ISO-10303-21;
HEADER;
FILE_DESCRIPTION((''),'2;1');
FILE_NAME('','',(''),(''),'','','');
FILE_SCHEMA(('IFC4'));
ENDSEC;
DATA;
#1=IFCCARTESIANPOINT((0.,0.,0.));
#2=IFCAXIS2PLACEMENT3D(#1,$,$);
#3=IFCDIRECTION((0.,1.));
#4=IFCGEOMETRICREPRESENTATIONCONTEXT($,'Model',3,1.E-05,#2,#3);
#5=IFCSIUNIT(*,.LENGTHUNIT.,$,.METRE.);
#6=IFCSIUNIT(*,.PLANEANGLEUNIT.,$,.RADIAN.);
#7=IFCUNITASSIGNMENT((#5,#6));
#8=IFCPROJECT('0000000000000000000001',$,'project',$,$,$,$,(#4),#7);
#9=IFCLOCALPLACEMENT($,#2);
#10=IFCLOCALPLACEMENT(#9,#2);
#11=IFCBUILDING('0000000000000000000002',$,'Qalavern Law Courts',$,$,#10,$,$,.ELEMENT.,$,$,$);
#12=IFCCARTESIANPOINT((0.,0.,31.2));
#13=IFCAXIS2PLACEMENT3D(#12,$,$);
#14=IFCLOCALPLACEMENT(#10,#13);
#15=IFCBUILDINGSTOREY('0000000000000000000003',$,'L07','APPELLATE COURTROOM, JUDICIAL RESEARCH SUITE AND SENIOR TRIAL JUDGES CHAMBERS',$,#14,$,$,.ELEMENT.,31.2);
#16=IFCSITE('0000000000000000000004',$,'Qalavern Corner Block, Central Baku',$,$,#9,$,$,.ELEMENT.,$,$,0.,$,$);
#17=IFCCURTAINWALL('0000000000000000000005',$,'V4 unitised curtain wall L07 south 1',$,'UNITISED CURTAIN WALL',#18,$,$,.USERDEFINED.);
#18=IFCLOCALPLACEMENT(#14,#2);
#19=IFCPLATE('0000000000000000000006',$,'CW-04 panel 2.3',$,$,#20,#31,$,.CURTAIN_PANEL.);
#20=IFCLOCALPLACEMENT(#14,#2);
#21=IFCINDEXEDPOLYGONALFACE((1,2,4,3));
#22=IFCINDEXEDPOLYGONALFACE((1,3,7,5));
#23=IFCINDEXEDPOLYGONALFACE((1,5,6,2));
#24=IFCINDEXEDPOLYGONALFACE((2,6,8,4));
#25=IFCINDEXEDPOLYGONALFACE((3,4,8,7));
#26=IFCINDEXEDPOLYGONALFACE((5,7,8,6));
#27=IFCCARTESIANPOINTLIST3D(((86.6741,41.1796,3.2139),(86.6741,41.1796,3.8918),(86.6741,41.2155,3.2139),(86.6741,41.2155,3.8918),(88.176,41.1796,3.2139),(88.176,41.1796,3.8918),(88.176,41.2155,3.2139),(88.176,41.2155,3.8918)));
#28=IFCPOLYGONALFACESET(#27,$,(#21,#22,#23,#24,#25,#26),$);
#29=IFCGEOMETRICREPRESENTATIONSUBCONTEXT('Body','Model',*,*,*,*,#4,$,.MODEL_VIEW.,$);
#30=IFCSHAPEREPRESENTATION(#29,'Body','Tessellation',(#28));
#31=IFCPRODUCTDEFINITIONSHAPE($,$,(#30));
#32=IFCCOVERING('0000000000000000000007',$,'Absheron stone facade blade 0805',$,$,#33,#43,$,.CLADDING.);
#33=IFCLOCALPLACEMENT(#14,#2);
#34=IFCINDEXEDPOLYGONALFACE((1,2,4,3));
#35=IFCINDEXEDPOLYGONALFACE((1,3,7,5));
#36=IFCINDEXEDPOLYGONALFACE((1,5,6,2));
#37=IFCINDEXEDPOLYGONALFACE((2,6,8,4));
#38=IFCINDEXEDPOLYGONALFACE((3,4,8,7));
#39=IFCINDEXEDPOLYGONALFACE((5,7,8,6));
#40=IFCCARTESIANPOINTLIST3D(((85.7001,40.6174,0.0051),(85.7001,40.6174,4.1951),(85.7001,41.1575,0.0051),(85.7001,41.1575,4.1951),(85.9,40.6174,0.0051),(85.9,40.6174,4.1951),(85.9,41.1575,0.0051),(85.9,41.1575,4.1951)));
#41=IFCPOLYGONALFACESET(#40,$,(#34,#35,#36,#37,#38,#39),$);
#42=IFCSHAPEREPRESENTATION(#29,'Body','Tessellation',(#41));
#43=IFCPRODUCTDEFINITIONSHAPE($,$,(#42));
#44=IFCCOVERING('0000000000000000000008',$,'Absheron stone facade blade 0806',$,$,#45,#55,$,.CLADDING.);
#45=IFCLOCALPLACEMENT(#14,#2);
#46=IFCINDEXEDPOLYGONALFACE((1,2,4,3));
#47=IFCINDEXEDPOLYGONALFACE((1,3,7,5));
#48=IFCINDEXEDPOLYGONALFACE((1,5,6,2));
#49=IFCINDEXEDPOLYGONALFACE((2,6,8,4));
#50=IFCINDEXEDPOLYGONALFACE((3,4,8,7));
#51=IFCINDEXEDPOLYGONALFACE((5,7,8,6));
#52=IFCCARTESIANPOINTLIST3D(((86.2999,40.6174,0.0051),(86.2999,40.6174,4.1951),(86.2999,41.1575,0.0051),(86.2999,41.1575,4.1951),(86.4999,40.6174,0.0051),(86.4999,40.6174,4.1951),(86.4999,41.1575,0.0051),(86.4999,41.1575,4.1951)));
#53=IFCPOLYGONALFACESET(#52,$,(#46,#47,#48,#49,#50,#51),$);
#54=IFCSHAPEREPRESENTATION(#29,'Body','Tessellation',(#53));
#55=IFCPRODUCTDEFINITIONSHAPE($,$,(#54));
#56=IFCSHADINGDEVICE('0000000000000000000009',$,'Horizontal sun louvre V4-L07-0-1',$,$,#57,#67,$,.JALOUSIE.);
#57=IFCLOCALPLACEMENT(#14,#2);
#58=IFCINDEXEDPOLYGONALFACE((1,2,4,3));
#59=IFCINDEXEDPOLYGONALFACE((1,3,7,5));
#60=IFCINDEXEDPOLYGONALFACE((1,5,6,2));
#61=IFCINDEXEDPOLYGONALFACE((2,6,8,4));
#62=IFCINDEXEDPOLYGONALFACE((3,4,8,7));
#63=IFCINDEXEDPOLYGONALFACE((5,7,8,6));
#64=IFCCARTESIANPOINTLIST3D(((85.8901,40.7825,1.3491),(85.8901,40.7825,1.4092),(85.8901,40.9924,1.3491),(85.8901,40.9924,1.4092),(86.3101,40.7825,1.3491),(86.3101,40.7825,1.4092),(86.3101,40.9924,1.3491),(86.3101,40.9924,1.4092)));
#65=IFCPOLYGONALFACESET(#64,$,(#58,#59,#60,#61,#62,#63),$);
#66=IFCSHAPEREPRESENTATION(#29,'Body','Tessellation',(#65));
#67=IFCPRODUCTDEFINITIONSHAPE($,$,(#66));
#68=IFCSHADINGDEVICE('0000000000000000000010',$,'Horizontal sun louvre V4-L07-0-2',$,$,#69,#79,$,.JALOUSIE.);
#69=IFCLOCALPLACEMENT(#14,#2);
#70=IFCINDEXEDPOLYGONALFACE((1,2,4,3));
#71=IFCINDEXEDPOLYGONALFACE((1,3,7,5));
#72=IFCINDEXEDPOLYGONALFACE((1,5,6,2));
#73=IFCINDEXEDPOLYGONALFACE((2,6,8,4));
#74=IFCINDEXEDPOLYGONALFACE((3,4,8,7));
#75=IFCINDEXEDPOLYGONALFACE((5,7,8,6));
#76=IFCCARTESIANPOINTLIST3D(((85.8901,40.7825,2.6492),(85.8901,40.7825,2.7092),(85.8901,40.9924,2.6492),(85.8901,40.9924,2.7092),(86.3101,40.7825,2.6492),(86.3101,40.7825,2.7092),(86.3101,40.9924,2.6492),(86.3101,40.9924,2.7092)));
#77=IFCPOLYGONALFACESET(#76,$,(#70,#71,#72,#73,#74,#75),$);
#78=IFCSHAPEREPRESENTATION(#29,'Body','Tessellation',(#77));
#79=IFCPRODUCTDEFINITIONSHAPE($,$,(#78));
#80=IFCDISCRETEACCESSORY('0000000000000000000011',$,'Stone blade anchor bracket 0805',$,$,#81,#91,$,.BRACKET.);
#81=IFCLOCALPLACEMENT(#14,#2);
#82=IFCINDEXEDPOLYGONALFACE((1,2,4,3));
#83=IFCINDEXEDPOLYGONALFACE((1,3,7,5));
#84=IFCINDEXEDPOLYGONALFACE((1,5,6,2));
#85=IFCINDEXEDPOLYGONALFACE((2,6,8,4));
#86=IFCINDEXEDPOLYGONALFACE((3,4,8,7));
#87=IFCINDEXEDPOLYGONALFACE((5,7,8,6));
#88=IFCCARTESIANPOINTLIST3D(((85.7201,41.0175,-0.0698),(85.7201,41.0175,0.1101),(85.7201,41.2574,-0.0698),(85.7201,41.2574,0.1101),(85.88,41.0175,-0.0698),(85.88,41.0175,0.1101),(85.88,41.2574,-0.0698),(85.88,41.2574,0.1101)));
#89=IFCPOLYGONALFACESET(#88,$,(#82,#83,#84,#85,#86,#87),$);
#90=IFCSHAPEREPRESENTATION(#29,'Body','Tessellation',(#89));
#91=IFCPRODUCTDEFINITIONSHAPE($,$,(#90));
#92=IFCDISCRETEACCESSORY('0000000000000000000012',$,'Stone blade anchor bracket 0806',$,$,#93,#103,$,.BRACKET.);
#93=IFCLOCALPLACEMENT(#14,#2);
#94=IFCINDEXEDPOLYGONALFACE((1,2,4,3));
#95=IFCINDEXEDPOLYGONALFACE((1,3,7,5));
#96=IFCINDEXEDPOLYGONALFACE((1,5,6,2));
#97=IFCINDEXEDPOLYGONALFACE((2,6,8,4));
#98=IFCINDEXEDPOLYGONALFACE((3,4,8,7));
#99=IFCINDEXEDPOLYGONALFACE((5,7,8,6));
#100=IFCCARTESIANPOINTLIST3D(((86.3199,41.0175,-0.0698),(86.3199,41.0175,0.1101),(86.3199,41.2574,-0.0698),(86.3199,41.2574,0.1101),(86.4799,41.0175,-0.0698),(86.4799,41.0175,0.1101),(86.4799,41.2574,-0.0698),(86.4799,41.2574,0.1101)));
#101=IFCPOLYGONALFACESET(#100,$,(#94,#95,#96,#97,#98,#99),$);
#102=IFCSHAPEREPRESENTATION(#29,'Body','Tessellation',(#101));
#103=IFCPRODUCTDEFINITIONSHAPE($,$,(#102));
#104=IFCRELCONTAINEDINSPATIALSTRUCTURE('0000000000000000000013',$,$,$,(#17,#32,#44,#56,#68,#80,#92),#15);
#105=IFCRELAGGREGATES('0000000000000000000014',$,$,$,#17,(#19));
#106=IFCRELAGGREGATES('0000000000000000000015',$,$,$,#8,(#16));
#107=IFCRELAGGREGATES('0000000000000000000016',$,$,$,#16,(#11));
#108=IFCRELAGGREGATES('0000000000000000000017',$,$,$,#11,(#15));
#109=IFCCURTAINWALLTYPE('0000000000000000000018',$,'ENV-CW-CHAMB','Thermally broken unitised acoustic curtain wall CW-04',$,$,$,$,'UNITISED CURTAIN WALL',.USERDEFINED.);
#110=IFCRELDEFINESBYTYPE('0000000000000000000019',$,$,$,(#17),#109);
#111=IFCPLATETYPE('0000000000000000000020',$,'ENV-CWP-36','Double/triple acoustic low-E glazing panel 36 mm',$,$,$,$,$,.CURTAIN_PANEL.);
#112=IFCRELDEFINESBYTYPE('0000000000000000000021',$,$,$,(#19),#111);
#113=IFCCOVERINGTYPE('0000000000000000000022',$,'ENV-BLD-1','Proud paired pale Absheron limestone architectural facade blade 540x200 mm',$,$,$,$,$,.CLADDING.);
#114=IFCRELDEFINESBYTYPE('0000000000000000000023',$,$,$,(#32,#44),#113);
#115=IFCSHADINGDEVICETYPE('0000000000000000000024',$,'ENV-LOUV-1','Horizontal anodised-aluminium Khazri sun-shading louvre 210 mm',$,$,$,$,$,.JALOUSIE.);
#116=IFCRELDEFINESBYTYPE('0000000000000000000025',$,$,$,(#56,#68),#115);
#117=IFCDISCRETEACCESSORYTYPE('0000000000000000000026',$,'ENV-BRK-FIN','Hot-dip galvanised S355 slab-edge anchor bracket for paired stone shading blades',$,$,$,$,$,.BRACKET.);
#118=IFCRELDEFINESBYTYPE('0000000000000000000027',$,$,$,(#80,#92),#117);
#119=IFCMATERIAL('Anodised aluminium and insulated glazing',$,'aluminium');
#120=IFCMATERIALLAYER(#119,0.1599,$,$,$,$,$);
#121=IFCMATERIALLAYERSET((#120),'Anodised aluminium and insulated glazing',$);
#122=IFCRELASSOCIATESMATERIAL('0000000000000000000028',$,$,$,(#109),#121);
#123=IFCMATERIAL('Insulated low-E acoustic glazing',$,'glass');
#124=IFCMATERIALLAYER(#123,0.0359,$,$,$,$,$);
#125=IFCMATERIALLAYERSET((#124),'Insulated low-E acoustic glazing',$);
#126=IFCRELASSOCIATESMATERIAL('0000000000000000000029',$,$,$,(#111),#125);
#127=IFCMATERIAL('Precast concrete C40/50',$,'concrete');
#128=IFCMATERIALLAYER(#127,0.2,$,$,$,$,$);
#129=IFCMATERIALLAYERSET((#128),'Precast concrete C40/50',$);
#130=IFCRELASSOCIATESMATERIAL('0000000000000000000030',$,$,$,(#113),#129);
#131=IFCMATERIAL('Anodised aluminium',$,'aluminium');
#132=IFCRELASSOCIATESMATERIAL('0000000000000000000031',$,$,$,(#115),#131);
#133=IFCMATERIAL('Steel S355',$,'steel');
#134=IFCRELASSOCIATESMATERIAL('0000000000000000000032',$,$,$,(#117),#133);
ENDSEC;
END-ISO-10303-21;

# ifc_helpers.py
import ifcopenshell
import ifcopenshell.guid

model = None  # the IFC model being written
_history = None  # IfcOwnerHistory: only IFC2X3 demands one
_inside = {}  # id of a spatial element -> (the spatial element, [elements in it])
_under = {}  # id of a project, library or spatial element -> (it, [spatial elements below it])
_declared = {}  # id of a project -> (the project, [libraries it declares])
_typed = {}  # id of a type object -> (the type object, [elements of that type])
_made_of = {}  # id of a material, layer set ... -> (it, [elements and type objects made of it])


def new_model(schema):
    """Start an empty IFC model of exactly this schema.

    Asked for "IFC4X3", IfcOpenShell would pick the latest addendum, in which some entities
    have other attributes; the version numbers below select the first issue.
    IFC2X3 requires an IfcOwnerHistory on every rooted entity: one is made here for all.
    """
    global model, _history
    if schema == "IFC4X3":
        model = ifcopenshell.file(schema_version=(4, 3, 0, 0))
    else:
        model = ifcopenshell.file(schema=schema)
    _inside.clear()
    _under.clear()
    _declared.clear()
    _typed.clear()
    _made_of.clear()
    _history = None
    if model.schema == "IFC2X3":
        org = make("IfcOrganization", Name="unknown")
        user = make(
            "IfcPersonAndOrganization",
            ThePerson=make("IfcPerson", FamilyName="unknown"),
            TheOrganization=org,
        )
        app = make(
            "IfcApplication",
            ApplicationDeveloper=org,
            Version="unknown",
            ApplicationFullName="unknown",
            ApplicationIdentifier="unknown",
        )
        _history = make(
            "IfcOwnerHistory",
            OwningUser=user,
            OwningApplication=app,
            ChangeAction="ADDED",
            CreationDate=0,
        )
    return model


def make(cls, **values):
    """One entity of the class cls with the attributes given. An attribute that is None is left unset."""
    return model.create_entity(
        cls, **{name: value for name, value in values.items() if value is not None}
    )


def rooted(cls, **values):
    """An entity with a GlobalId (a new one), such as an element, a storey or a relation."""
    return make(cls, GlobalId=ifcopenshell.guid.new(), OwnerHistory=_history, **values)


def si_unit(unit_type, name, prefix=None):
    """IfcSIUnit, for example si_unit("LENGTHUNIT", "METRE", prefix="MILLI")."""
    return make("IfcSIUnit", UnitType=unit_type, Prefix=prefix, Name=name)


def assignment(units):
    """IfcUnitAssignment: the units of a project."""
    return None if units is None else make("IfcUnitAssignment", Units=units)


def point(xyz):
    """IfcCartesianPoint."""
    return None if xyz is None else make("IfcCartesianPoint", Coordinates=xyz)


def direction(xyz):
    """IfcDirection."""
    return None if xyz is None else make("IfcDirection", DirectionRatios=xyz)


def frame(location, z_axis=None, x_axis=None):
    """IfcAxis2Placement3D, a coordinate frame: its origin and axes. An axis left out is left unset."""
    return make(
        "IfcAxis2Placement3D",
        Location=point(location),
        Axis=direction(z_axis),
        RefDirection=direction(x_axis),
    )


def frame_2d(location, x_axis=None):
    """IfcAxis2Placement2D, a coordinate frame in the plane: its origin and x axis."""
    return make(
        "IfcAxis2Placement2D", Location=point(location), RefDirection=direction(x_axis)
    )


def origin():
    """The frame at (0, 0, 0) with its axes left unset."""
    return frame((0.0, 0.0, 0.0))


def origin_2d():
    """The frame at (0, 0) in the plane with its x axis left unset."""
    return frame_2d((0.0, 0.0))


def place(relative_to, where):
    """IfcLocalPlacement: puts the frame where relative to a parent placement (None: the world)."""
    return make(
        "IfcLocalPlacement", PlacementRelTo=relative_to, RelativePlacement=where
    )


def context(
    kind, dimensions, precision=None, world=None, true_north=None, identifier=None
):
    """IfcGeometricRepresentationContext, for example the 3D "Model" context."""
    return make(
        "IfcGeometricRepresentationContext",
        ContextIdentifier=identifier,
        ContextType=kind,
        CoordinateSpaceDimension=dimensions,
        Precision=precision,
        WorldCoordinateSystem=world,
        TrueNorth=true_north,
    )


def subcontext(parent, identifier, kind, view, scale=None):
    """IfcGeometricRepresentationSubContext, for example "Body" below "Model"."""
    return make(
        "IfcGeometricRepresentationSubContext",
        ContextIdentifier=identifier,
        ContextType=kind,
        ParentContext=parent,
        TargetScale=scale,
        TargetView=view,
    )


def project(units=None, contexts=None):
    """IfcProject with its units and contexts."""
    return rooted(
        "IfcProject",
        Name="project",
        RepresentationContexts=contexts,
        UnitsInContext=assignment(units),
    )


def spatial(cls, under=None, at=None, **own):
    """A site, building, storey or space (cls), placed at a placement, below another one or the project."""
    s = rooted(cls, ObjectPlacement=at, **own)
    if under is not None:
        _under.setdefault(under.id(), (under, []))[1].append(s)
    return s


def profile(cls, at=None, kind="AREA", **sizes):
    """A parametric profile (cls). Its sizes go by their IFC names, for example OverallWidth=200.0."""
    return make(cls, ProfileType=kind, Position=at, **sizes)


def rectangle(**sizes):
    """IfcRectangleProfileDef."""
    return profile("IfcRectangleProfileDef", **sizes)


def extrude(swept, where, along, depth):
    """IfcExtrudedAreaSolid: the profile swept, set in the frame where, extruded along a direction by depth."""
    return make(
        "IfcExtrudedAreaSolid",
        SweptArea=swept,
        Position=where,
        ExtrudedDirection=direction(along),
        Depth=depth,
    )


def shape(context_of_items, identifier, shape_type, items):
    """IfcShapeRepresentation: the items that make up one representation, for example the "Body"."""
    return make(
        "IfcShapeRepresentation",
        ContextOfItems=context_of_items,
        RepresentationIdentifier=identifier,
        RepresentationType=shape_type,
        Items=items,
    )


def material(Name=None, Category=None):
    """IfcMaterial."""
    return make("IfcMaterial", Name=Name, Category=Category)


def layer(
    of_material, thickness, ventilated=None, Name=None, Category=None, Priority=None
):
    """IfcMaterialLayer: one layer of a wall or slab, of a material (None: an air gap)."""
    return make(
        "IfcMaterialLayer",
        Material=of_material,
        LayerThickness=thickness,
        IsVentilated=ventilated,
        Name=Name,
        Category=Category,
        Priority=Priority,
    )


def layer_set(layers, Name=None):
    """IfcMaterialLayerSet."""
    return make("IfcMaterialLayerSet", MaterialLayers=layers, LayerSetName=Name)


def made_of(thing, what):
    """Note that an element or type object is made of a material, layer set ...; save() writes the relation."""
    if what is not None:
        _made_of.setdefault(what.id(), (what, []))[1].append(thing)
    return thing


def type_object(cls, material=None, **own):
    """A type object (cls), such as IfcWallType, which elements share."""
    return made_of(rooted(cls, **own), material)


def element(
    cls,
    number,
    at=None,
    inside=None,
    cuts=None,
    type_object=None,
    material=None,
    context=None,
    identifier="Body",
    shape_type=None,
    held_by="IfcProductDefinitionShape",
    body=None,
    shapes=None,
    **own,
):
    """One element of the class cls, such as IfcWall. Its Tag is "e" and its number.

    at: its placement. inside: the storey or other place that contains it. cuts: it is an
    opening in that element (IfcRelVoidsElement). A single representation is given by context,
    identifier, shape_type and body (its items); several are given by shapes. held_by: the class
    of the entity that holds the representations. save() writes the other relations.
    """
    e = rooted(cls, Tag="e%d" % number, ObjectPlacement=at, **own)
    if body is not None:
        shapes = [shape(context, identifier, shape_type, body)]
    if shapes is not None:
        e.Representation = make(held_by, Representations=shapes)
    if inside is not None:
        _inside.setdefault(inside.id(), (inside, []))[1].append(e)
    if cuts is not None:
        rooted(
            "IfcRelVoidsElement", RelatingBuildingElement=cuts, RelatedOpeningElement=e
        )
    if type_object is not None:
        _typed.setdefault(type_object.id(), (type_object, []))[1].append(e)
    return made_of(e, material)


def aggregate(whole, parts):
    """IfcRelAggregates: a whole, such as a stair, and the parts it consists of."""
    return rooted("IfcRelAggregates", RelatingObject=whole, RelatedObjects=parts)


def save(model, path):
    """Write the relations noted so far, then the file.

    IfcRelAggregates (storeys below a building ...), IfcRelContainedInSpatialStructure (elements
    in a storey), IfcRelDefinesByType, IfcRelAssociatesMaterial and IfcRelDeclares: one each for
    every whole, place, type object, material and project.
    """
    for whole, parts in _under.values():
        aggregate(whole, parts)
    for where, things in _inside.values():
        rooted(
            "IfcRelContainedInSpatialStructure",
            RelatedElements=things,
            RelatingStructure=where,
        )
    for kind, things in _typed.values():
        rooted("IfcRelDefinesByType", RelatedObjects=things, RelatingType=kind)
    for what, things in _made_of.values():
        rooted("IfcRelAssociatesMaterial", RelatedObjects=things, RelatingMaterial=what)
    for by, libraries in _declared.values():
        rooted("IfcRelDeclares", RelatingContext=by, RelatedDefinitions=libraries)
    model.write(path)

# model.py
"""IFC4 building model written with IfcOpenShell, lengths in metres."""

from ifc_helpers import new_model, si_unit, direction, frame, origin, origin_2d, place, context, subcontext, project, spatial, rectangle, extrude, material, layer, layer_set, type_object, element, aggregate, save


model = new_model("IFC4")

# Units and contexts
model_context = context("Model", 3, precision=1e-05, world=origin(), true_north=direction((0.0, 1.0)))
body_context = subcontext(model_context, "Body", "Model", "MODEL_VIEW")
ifc_project = project(units=[si_unit("LENGTHUNIT", "METRE"), si_unit("PLANEANGLEUNIT", "RADIAN")], contexts=[model_context])

# Site, building, storey
site_placement = place(None, origin())
site = spatial("IfcSite", under=ifc_project, at=site_placement, Name="Qalavern Corner Block, Central Baku", CompositionType="ELEMENT", RefElevation=0.0)
building_placement = place(site_placement, origin())
building = spatial("IfcBuilding", under=site, at=building_placement, Name="Qalavern Law Courts", CompositionType="ELEMENT")
storey_placement = place(building_placement, frame((0.0, 0.0, 31.2)))
storey = spatial("IfcBuildingStorey", under=building, at=storey_placement, Name="L07", Description="APPELLATE COURTROOM, JUDICIAL RESEARCH SUITE AND SENIOR TRIAL JUDGES CHAMBERS", CompositionType="ELEMENT", Elevation=31.2)

# Curtain wall, plate
ifc_material_1 = material(Name="Anodised aluminium and insulated glazing", Category="aluminium")
ifc_layer_1 = layer(ifc_material_1, 0.1599)
ifc_layer_set_1 = layer_set([ifc_layer_1], Name="Anodised aluminium and insulated glazing")
curtain_wall_type = type_object("IfcCurtainWallType", Name="ENV-CW-CHAMB", Description="Thermally broken unitised acoustic curtain wall CW-04", ElementType="UNITISED CURTAIN WALL", PredefinedType="USERDEFINED", material=ifc_layer_set_1)
curtain_wall_placement = place(storey_placement, origin())
curtain_wall = element("IfcCurtainWall", 1, at=curtain_wall_placement, inside=storey, type_object=curtain_wall_type, Name="V4 unitised curtain wall L07 south 1", ObjectType="UNITISED CURTAIN WALL", PredefinedType="USERDEFINED")
ifc_material_2 = material(Name="Anodised aluminium", Category="aluminium")
ifc_material_3 = material(Name="Insulated low-E acoustic glazing", Category="glass")
ifc_layer_2 = layer(ifc_material_3, 0.0359)
ifc_layer_set_2 = layer_set([ifc_layer_2], Name="Insulated low-E acoustic glazing")
plate_type = type_object("IfcPlateType", Name="ENV-CWP-36", Description="Double/triple acoustic low-E glazing panel 36 mm", PredefinedType="CURTAIN_PANEL", material=ifc_layer_set_2)
plate_1_placement = place(storey_placement, frame((87.425, 41.1975, 3.2139), z_axis=(0.0, 0.0, 1.0), x_axis=(1.0, 0.0, 0.0)))
plate_1 = element("IfcPlate", 2, at=plate_1_placement, type_object=plate_type, Name="CW-04 panel 2.3", PredefinedType="CURTAIN_PANEL", context=body_context, shape_type="SweptSolid", body=[
    extrude(rectangle(XDim=1.502, YDim=0.0359, at=origin_2d()), origin(), (0.0, 0.0, 1.0), 0.678),
])
aggregate(curtain_wall, [plate_1])

# Coverings
ifc_material_4 = material(Name="Precast concrete C40/50", Category="concrete")
ifc_layer_3 = layer(ifc_material_4, 0.2)
ifc_layer_set_3 = layer_set([ifc_layer_3], Name="Precast concrete C40/50")
covering_type = type_object("IfcCoveringType", Name="ENV-BLD-1", Description="Proud paired pale Absheron limestone architectural facade blade 540x200 mm", PredefinedType="CLADDING", material=ifc_layer_set_3)
for number, where, z_axis, x_axis, name in (
    (3, (85.8, 40.8875, 0.0051), (0.0, 0.0, 1.0), (0.0, -1.0, 0.0), "Absheron stone facade blade 0805"),
    (4, (86.3999, 40.8875, 0.0051), (0.0, 0.0, 1.0), (0.0, -1.0, 0.0), "Absheron stone facade blade 0806"),
):
    element("IfcCovering", number, at=place(storey_placement, frame(where, z_axis=z_axis, x_axis=x_axis)), inside=storey, type_object=covering_type, Name=name, PredefinedType="CLADDING", context=body_context, shape_type="SweptSolid", body=[
        extrude(rectangle(XDim=0.54, YDim=0.2, at=origin_2d()), origin(), (0.0, 0.0, 1.0), 4.1899),
    ])

# Shading devices
shading_device_type = type_object("IfcShadingDeviceType", Name="ENV-LOUV-1", Description="Horizontal anodised-aluminium Khazri sun-shading louvre 210 mm", PredefinedType="JALOUSIE", material=ifc_material_2)
for number, where, z_axis, x_axis, name in (
    (5, (86.1001, 40.8875, 1.3491), (0.0, 0.0, 1.0), (1.0, 0.0, 0.0), "Horizontal sun louvre V4-L07-0-1"),
    (6, (86.1001, 40.8875, 2.6492), (0.0, 0.0, 1.0), (1.0, 0.0, 0.0), "Horizontal sun louvre V4-L07-0-2"),
):
    element("IfcShadingDevice", number, at=place(storey_placement, frame(where, z_axis=z_axis, x_axis=x_axis)), inside=storey, type_object=shading_device_type, Name=name, PredefinedType="JALOUSIE", context=body_context, shape_type="SweptSolid", body=[
        extrude(rectangle(XDim=0.4199, YDim=0.21, at=origin_2d()), origin(), (0.0, 0.0, 1.0), 0.0601),
    ])

# Discrete accessories
ifc_material_5 = material(Name="Steel S355", Category="steel")
discrete_accessory_type = type_object("IfcDiscreteAccessoryType", Name="ENV-BRK-FIN", Description="Hot-dip galvanised S355 slab-edge anchor bracket for paired stone shading blades", PredefinedType="BRACKET", material=ifc_material_5)
for number, where, z_axis, x_axis, name in (
    (7, (85.8, 41.1375, -0.0698), (0.0, 0.0, 1.0), (0.0, -1.0, 0.0), "Stone blade anchor bracket 0805"),
    (8, (86.3999, 41.1375, -0.0698), (0.0, 0.0, 1.0), (0.0, -1.0, 0.0), "Stone blade anchor bracket 0806"),
):
    element("IfcDiscreteAccessory", number, at=place(storey_placement, frame(where, z_axis=z_axis, x_axis=x_axis)), inside=storey, type_object=discrete_accessory_type, Name=name, PredefinedType="BRACKET", context=body_context, shape_type="SweptSolid", body=[
        extrude(rectangle(XDim=0.24, YDim=0.1599, at=origin_2d()), origin(), (0.0, 0.0, 1.0), 0.1799),
    ])

save(model, "model.ifc")
